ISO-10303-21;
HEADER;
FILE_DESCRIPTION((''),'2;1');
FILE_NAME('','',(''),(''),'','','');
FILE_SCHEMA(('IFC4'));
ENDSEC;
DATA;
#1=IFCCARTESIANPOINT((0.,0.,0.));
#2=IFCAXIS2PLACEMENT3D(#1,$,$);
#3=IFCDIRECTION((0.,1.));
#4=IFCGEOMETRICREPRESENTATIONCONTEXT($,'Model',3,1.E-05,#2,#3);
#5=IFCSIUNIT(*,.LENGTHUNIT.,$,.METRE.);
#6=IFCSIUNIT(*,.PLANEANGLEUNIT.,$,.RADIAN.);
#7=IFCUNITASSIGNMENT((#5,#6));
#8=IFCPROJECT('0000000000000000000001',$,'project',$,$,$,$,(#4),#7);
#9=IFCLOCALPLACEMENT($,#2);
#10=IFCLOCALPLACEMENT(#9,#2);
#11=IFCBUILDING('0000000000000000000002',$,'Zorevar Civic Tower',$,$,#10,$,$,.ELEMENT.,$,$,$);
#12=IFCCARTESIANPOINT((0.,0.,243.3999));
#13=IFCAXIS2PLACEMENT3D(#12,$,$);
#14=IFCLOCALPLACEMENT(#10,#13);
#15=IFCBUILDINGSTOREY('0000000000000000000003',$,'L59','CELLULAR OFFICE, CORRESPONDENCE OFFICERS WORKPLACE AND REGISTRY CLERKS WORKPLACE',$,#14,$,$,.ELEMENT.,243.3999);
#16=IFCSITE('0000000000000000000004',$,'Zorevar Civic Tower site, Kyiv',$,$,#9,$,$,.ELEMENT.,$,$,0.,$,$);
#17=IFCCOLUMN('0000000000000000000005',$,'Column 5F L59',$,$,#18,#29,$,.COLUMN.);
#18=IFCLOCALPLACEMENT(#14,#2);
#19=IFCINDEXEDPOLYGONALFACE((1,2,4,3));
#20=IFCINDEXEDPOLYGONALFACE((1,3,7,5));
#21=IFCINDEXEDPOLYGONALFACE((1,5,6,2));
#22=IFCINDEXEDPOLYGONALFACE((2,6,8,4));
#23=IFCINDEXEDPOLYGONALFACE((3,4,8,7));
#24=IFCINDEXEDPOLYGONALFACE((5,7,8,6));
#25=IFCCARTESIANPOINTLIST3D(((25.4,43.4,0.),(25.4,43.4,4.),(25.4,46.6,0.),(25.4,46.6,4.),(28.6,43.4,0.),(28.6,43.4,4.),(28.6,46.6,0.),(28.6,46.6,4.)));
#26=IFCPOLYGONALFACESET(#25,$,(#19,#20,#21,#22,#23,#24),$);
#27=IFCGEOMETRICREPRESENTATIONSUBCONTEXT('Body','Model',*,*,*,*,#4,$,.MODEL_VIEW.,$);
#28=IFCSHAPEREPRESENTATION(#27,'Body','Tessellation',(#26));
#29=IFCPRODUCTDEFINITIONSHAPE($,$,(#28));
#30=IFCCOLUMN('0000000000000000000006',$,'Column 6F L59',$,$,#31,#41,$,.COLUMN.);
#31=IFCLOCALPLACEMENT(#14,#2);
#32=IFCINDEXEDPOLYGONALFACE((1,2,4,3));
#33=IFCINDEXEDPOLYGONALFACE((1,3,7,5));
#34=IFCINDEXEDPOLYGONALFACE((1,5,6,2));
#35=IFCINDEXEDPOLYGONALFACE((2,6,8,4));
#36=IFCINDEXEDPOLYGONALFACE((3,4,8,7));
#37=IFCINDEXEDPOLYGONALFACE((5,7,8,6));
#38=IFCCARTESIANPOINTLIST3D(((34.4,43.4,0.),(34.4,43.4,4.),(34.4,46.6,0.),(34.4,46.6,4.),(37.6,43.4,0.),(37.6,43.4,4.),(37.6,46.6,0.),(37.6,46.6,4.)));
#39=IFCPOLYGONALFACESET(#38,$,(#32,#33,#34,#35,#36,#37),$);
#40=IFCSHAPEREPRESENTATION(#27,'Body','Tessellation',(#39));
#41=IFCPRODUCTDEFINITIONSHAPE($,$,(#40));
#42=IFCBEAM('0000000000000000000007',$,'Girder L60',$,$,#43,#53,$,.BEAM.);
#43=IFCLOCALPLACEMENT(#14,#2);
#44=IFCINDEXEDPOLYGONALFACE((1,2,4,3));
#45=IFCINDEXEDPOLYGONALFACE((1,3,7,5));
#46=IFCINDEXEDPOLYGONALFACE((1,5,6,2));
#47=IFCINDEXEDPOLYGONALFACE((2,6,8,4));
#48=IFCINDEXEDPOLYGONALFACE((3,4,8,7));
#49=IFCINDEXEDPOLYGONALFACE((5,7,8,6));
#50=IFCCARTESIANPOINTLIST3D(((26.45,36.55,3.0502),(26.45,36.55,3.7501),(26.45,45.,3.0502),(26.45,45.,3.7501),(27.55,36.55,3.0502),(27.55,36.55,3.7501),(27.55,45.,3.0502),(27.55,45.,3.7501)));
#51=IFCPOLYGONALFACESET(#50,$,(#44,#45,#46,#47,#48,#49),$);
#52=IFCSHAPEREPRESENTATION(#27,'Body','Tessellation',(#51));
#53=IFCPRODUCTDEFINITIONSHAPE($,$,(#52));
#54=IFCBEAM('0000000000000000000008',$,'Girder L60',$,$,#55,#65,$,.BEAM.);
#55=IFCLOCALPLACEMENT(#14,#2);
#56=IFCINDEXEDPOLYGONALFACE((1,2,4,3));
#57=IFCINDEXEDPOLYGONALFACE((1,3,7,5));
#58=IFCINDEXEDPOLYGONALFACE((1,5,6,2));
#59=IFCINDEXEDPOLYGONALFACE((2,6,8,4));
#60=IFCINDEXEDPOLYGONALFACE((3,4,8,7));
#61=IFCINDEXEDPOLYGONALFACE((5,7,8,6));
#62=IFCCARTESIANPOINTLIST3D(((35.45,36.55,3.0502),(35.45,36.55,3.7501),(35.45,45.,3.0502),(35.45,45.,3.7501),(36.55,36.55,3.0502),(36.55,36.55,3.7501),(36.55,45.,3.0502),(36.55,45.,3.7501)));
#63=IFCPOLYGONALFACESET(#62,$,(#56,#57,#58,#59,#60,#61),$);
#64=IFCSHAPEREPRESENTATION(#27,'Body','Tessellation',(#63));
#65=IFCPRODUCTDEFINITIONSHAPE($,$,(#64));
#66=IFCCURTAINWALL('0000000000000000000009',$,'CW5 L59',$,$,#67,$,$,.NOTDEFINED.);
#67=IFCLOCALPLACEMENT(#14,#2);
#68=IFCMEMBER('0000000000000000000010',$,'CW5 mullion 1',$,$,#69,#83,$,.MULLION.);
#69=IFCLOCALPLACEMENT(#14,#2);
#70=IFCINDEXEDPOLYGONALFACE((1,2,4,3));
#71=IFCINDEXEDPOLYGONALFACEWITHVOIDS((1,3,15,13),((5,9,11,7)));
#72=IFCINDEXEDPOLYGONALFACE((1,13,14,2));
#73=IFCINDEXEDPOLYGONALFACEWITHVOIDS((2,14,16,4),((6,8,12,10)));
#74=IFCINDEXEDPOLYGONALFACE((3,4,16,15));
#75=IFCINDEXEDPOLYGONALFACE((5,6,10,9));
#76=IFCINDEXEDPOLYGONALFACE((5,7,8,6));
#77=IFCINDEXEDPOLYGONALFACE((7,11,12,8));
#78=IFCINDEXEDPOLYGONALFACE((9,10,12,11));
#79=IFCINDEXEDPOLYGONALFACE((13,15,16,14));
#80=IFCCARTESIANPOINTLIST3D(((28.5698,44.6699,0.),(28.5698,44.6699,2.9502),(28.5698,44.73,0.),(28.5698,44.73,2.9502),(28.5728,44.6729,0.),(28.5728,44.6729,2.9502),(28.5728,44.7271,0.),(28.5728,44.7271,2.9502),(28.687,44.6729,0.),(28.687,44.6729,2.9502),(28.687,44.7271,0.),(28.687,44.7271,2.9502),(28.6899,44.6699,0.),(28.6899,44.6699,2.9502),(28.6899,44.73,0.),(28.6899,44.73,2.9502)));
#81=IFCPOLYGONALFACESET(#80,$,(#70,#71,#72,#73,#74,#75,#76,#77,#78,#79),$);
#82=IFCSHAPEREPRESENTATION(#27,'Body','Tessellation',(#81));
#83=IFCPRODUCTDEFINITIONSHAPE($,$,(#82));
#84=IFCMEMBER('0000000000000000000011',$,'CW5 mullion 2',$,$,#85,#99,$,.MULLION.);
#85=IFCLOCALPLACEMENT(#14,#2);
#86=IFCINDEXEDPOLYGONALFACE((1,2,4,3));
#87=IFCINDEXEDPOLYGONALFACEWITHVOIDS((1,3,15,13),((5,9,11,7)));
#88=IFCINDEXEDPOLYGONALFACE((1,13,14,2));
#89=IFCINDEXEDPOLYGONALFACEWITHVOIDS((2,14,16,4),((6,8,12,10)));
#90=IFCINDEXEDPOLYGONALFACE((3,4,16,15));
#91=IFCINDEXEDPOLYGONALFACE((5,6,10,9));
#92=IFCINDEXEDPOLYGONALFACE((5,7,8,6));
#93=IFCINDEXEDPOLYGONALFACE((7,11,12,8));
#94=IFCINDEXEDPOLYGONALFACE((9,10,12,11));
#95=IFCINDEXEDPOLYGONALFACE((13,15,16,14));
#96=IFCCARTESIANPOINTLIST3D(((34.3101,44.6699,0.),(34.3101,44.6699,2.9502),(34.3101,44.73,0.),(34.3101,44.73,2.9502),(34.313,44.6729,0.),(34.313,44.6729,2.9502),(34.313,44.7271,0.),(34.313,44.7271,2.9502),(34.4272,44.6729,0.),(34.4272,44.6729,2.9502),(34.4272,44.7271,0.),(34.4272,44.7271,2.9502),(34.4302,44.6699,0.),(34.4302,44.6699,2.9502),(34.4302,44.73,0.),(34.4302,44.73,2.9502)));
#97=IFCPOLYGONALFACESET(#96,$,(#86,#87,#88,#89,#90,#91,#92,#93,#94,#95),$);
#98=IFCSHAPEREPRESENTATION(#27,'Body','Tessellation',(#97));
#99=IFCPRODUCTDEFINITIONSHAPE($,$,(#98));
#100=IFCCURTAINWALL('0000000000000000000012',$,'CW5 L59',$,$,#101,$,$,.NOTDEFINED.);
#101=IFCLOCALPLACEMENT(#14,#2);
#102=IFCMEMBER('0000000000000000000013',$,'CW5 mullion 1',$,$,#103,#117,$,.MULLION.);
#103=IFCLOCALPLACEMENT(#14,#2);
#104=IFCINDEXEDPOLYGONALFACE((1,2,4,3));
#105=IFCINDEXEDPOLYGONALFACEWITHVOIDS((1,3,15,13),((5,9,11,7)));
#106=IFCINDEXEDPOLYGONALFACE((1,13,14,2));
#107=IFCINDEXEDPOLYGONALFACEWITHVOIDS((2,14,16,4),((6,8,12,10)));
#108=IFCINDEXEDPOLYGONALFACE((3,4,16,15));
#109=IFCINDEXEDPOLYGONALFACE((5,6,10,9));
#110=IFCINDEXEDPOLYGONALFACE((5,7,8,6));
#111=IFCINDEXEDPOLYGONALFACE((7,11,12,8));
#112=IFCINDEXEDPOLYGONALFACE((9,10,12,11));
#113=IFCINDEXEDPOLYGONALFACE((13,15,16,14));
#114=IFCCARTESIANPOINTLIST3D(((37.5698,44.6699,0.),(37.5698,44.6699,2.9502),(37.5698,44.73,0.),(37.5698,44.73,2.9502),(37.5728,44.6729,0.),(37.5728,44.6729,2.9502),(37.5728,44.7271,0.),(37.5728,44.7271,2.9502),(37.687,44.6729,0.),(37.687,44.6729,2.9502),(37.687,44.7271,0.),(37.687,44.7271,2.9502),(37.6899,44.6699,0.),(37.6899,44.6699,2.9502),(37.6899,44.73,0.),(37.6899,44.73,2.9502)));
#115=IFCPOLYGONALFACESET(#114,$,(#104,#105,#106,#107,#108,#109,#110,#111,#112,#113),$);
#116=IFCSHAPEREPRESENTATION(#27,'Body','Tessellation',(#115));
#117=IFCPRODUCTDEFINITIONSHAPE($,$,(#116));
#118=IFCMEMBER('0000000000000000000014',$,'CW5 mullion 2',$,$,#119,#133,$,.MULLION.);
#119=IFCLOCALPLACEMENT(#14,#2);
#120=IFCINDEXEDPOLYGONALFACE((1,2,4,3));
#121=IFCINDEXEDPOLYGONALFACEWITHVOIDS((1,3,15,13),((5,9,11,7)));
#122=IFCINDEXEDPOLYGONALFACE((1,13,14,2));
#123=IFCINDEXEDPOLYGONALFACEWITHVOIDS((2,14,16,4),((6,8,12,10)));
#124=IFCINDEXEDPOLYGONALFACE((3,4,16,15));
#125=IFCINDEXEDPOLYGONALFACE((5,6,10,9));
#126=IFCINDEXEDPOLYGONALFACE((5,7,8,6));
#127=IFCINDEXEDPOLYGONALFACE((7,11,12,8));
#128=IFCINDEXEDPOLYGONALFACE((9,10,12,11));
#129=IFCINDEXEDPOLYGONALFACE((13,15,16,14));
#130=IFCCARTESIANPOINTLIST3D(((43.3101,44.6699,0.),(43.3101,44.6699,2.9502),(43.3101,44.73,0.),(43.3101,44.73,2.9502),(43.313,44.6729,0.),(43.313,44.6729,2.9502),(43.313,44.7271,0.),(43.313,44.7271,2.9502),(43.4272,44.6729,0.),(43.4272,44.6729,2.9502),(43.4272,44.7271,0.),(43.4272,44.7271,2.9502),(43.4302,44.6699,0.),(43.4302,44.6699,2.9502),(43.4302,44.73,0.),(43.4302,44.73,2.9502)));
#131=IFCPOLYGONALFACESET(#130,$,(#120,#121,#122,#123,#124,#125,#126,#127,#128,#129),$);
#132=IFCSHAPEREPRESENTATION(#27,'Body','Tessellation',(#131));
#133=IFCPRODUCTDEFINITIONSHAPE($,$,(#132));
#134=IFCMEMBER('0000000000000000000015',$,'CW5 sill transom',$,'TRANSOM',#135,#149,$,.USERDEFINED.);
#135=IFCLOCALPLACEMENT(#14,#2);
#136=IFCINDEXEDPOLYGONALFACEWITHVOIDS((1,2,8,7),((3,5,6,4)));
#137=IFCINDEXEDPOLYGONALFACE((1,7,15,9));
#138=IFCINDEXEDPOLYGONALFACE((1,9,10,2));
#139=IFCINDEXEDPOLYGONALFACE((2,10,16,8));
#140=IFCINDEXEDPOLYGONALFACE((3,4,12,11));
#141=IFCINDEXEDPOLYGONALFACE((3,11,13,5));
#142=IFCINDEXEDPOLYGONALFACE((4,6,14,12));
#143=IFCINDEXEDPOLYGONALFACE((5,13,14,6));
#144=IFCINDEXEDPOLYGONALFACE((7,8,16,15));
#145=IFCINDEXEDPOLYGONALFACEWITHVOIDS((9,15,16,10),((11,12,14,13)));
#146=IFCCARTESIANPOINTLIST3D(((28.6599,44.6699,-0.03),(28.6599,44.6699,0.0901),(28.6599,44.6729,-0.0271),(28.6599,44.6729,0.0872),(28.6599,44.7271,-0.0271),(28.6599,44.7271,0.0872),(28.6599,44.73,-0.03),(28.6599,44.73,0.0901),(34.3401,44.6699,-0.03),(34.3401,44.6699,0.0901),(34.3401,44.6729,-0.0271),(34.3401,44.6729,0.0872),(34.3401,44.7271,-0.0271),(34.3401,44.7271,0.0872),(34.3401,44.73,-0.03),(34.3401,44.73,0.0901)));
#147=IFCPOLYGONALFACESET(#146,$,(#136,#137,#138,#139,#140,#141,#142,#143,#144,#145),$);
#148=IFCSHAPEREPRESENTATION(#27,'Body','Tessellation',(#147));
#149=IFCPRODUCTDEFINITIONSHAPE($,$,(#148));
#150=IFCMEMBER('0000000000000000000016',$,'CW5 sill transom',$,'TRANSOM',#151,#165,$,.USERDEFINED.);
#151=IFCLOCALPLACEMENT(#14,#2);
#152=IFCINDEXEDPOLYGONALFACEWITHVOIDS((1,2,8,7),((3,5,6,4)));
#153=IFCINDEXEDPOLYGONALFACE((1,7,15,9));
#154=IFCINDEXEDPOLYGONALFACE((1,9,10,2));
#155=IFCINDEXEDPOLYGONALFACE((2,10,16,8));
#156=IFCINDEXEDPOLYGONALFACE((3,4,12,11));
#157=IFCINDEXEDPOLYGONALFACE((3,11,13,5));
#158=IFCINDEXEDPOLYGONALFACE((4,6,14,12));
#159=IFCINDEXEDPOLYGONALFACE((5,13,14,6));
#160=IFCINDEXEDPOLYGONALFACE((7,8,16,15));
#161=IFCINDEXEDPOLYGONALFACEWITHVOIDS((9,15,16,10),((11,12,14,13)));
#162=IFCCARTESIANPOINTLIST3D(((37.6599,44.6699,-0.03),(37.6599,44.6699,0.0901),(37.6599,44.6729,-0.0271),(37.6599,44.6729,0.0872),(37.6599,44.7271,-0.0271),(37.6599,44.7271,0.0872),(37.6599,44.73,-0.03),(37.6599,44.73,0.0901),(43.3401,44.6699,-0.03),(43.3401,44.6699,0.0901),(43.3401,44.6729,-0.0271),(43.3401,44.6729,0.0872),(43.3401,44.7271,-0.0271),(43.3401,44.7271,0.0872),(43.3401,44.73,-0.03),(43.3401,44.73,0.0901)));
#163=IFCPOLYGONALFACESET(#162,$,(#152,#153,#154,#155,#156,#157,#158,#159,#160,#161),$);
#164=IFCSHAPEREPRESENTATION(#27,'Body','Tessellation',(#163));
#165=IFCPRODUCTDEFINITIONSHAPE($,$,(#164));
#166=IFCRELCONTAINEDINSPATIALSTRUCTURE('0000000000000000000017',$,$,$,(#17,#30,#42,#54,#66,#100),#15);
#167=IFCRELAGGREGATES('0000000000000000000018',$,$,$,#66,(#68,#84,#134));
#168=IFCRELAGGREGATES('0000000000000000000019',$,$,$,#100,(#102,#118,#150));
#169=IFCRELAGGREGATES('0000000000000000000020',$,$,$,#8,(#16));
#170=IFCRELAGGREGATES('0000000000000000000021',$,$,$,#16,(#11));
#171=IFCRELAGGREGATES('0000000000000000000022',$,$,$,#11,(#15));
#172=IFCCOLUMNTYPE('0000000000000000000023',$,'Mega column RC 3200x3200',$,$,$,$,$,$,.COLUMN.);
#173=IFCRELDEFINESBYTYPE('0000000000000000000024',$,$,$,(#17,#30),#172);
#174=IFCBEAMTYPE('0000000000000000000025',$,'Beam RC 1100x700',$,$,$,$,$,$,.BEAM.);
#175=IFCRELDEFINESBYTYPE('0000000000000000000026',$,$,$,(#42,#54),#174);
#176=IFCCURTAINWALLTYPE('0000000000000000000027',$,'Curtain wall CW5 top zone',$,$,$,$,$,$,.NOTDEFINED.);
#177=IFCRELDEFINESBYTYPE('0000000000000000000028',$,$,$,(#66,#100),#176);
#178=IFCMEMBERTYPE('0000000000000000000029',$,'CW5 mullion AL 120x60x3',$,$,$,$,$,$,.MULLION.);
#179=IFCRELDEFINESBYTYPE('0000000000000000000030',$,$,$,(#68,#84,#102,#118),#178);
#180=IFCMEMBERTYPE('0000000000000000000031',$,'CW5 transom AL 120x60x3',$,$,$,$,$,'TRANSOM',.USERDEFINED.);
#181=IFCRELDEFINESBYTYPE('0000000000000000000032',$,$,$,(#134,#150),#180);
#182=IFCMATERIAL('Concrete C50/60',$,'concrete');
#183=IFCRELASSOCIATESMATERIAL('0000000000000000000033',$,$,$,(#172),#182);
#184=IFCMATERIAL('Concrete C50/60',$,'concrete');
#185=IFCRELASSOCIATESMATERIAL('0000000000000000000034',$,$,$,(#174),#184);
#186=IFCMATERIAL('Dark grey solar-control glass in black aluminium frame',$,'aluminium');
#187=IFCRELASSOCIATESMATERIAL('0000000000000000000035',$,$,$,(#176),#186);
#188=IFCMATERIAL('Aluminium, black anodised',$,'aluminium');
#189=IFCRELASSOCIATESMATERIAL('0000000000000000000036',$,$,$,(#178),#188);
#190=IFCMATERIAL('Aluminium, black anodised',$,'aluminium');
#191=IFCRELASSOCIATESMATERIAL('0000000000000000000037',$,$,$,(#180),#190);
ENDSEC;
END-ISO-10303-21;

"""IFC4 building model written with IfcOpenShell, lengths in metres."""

from ifc_helpers import new_model, si_unit, direction, frame, origin, origin_2d, place, context, subcontext, project, spatial, rectangle, hollow_rectangle, extrude, material, material_profile, profile_set, type_object, element, aggregate, save


model = new_model("IFC4")

# Units and contexts
model_context = context("Model", 3, precision=1e-05, world=origin(), true_north=direction((0.0, 1.0)))
body_context = subcontext(model_context, "Body", "Model", "MODEL_VIEW")
ifc_project = project(units=[si_unit("LENGTHUNIT", "METRE"), si_unit("PLANEANGLEUNIT", "RADIAN")], contexts=[model_context])

# Site, building, storey
site_placement = place(None, origin())
site = spatial("IfcSite", under=ifc_project, at=site_placement, Name="Zorevar Civic Tower site, Kyiv", CompositionType="ELEMENT", RefElevation=0.0)
building_placement = place(site_placement, origin())
building = spatial("IfcBuilding", under=site, at=building_placement, Name="Zorevar Civic Tower", CompositionType="ELEMENT")
storey_placement = place(building_placement, frame((0.0, 0.0, 243.3999)))
storey = spatial("IfcBuildingStorey", under=building, at=storey_placement, Name="L59", Description="CELLULAR OFFICE, CORRESPONDENCE OFFICERS WORKPLACE AND REGISTRY CLERKS WORKPLACE", CompositionType="ELEMENT", Elevation=243.3999)

# Columns
ifc_material_1 = material(Name="Concrete C50/60", Category="concrete")
ifc_material_profile_1 = material_profile(ifc_material_1, rectangle(XDim=3.2, YDim=3.2, at=origin_2d()), Name="RC 3200x3200")
ifc_profile_set_1 = profile_set([ifc_material_profile_1], Name="Concrete C50/60")
column_type = type_object("IfcColumnType", Name="Mega column RC 3200x3200", PredefinedType="COLUMN", material=ifc_profile_set_1)
for number, where, z_axis, x_axis, name in (
    (1, (27.0, 45.0, 0.0), (0.0, 0.0, 1.0), (1.0, 0.0, 0.0), "Column 5F L59"),
    (2, (36.0, 45.0, 0.0), (0.0, 0.0, 1.0), (1.0, 0.0, 0.0), "Column 6F L59"),
):
    element("IfcColumn", number, at=place(storey_placement, frame(where, z_axis=z_axis, x_axis=x_axis)), inside=storey, type_object=column_type, Name=name, PredefinedType="COLUMN", context=body_context, shape_type="SweptSolid", body=[
        extrude(rectangle(XDim=3.2, YDim=3.2, at=origin_2d()), origin(), (0.0, 0.0, 1.0), 4.0),
    ])

# Beams
ifc_material_2 = material(Name="Concrete C50/60", Category="concrete")
ifc_material_profile_2 = material_profile(ifc_material_2, rectangle(XDim=1.1001, YDim=0.7, at=origin_2d()), Name="RC 1100x700")
ifc_profile_set_2 = profile_set([ifc_material_profile_2], Name="Concrete C50/60")
beam_type_1 = type_object("IfcBeamType", Name="Beam RC 1100x700", PredefinedType="BEAM", material=ifc_profile_set_2)
for number, where, z_axis, x_axis, name in (
    (3, (27.0, 36.55, 3.4001), (0.0, 1.0, 0.0), (-1.0, 0.0, 0.0), "Girder L60"),
    (4, (36.0, 36.55, 3.4001), (0.0, 1.0, 0.0), (-1.0, 0.0, 0.0), "Girder L60"),
):
    element("IfcBeam", number, at=place(storey_placement, frame(where, z_axis=z_axis, x_axis=x_axis)), inside=storey, type_object=beam_type_1, Name=name, PredefinedType="BEAM", context=body_context, shape_type="SweptSolid", body=[
        extrude(rectangle(XDim=1.1001, YDim=0.7, at=origin_2d()), origin(), (0.0, 0.0, 1.0), 8.45),
    ])

# Curtain walls, members
ifc_material_3 = material(Name="Dark grey solar-control glass in black aluminium frame", Category="aluminium")
curtain_wall_type = type_object("IfcCurtainWallType", Name="Curtain wall CW5 top zone", PredefinedType="NOTDEFINED", material=ifc_material_3)
curtain_wall_1_placement = place(storey_placement, origin())
curtain_wall_1 = element("IfcCurtainWall", 5, at=curtain_wall_1_placement, inside=storey, type_object=curtain_wall_type, Name="CW5 L59", PredefinedType="NOTDEFINED")
ifc_material_4 = material(Name="Aluminium, black anodised", Category="aluminium")
ifc_material_profile_3 = material_profile(ifc_material_4, hollow_rectangle(XDim=0.0601, YDim=0.1201, WallThickness=0.0029, at=origin_2d()), Name="AL 120x60x3")
ifc_profile_set_3 = profile_set([ifc_material_profile_3], Name="Aluminium, black anodised")
member_type_1 = type_object("IfcMemberType", Name="CW5 mullion AL 120x60x3", PredefinedType="MULLION", material=ifc_profile_set_3)
member_1_placement = place(storey_placement, frame((28.6299, 44.7, 0.0), z_axis=(0.0, 0.0, 1.0), x_axis=(0.0, 1.0, 0.0)))
member_1 = element("IfcMember", 6, at=member_1_placement, type_object=member_type_1, Name="CW5 mullion 1", PredefinedType="MULLION", context=body_context, shape_type="SweptSolid", body=[
    extrude(hollow_rectangle(XDim=0.0601, YDim=0.1201, WallThickness=0.0029, at=origin_2d()), origin(), (0.0, 0.0, 1.0), 2.9502),
])
member_2_placement = place(storey_placement, frame((34.3701, 44.7, 0.0), z_axis=(0.0, 0.0, 1.0), x_axis=(0.0, 1.0, 0.0)))
member_2 = element("IfcMember", 7, at=member_2_placement, type_object=member_type_1, Name="CW5 mullion 2", PredefinedType="MULLION", context=body_context, shape_type="SweptSolid", body=[
    extrude(hollow_rectangle(XDim=0.0601, YDim=0.1201, WallThickness=0.0029, at=origin_2d()), origin(), (0.0, 0.0, 1.0), 2.9502),
])
curtain_wall_2_placement = place(storey_placement, origin())
curtain_wall_2 = element("IfcCurtainWall", 8, at=curtain_wall_2_placement, inside=storey, type_object=curtain_wall_type, Name="CW5 L59", PredefinedType="NOTDEFINED")
member_3_placement = place(storey_placement, frame((37.6299, 44.7, 0.0), z_axis=(0.0, 0.0, 1.0), x_axis=(0.0, 1.0, 0.0)))
member_3 = element("IfcMember", 9, at=member_3_placement, type_object=member_type_1, Name="CW5 mullion 1", PredefinedType="MULLION", context=body_context, shape_type="SweptSolid", body=[
    extrude(hollow_rectangle(XDim=0.0601, YDim=0.1201, WallThickness=0.0029, at=origin_2d()), origin(), (0.0, 0.0, 1.0), 2.9502),
])
member_4_placement = place(storey_placement, frame((43.3701, 44.7, 0.0), z_axis=(0.0, 0.0, 1.0), x_axis=(0.0, 1.0, 0.0)))
member_4 = element("IfcMember", 10, at=member_4_placement, type_object=member_type_1, Name="CW5 mullion 2", PredefinedType="MULLION", context=body_context, shape_type="SweptSolid", body=[
    extrude(hollow_rectangle(XDim=0.0601, YDim=0.1201, WallThickness=0.0029, at=origin_2d()), origin(), (0.0, 0.0, 1.0), 2.9502),
])

# Members
ifc_material_5 = material(Name="Aluminium, black anodised", Category="aluminium")
ifc_material_profile_4 = material_profile(ifc_material_5, hollow_rectangle(XDim=0.0601, YDim=0.1201, WallThickness=0.0029, at=origin_2d()), Name="AL 120x60x3")
ifc_profile_set_4 = profile_set([ifc_material_profile_4], Name="Aluminium, black anodised")
member_type_2 = type_object("IfcMemberType", Name="CW5 transom AL 120x60x3", ElementType="TRANSOM", PredefinedType="USERDEFINED", material=ifc_profile_set_4)
member_5_placement = place(storey_placement, frame((28.6599, 44.7, 0.03), z_axis=(1.0, 0.0, 0.0), x_axis=(0.0, 1.0, 0.0)))
member_5 = element("IfcMember", 11, at=member_5_placement, type_object=member_type_2, Name="CW5 sill transom", ObjectType="TRANSOM", PredefinedType="USERDEFINED", context=body_context, shape_type="SweptSolid", body=[
    extrude(hollow_rectangle(XDim=0.0601, YDim=0.1201, WallThickness=0.0029, at=origin_2d()), origin(), (0.0, 0.0, 1.0), 5.6802),
])
member_6_placement = place(storey_placement, frame((37.6599, 44.7, 0.03), z_axis=(1.0, 0.0, 0.0), x_axis=(0.0, 1.0, 0.0)))
member_6 = element("IfcMember", 12, at=member_6_placement, type_object=member_type_2, Name="CW5 sill transom", ObjectType="TRANSOM", PredefinedType="USERDEFINED", context=body_context, shape_type="SweptSolid", body=[
    extrude(hollow_rectangle(XDim=0.0601, YDim=0.1201, WallThickness=0.0029, at=origin_2d()), origin(), (0.0, 0.0, 1.0), 5.6802),
])

aggregate(curtain_wall_1, [member_1, member_2, member_5])
aggregate(curtain_wall_2, [member_3, member_4, member_6])

save(model, "model.ifc")
